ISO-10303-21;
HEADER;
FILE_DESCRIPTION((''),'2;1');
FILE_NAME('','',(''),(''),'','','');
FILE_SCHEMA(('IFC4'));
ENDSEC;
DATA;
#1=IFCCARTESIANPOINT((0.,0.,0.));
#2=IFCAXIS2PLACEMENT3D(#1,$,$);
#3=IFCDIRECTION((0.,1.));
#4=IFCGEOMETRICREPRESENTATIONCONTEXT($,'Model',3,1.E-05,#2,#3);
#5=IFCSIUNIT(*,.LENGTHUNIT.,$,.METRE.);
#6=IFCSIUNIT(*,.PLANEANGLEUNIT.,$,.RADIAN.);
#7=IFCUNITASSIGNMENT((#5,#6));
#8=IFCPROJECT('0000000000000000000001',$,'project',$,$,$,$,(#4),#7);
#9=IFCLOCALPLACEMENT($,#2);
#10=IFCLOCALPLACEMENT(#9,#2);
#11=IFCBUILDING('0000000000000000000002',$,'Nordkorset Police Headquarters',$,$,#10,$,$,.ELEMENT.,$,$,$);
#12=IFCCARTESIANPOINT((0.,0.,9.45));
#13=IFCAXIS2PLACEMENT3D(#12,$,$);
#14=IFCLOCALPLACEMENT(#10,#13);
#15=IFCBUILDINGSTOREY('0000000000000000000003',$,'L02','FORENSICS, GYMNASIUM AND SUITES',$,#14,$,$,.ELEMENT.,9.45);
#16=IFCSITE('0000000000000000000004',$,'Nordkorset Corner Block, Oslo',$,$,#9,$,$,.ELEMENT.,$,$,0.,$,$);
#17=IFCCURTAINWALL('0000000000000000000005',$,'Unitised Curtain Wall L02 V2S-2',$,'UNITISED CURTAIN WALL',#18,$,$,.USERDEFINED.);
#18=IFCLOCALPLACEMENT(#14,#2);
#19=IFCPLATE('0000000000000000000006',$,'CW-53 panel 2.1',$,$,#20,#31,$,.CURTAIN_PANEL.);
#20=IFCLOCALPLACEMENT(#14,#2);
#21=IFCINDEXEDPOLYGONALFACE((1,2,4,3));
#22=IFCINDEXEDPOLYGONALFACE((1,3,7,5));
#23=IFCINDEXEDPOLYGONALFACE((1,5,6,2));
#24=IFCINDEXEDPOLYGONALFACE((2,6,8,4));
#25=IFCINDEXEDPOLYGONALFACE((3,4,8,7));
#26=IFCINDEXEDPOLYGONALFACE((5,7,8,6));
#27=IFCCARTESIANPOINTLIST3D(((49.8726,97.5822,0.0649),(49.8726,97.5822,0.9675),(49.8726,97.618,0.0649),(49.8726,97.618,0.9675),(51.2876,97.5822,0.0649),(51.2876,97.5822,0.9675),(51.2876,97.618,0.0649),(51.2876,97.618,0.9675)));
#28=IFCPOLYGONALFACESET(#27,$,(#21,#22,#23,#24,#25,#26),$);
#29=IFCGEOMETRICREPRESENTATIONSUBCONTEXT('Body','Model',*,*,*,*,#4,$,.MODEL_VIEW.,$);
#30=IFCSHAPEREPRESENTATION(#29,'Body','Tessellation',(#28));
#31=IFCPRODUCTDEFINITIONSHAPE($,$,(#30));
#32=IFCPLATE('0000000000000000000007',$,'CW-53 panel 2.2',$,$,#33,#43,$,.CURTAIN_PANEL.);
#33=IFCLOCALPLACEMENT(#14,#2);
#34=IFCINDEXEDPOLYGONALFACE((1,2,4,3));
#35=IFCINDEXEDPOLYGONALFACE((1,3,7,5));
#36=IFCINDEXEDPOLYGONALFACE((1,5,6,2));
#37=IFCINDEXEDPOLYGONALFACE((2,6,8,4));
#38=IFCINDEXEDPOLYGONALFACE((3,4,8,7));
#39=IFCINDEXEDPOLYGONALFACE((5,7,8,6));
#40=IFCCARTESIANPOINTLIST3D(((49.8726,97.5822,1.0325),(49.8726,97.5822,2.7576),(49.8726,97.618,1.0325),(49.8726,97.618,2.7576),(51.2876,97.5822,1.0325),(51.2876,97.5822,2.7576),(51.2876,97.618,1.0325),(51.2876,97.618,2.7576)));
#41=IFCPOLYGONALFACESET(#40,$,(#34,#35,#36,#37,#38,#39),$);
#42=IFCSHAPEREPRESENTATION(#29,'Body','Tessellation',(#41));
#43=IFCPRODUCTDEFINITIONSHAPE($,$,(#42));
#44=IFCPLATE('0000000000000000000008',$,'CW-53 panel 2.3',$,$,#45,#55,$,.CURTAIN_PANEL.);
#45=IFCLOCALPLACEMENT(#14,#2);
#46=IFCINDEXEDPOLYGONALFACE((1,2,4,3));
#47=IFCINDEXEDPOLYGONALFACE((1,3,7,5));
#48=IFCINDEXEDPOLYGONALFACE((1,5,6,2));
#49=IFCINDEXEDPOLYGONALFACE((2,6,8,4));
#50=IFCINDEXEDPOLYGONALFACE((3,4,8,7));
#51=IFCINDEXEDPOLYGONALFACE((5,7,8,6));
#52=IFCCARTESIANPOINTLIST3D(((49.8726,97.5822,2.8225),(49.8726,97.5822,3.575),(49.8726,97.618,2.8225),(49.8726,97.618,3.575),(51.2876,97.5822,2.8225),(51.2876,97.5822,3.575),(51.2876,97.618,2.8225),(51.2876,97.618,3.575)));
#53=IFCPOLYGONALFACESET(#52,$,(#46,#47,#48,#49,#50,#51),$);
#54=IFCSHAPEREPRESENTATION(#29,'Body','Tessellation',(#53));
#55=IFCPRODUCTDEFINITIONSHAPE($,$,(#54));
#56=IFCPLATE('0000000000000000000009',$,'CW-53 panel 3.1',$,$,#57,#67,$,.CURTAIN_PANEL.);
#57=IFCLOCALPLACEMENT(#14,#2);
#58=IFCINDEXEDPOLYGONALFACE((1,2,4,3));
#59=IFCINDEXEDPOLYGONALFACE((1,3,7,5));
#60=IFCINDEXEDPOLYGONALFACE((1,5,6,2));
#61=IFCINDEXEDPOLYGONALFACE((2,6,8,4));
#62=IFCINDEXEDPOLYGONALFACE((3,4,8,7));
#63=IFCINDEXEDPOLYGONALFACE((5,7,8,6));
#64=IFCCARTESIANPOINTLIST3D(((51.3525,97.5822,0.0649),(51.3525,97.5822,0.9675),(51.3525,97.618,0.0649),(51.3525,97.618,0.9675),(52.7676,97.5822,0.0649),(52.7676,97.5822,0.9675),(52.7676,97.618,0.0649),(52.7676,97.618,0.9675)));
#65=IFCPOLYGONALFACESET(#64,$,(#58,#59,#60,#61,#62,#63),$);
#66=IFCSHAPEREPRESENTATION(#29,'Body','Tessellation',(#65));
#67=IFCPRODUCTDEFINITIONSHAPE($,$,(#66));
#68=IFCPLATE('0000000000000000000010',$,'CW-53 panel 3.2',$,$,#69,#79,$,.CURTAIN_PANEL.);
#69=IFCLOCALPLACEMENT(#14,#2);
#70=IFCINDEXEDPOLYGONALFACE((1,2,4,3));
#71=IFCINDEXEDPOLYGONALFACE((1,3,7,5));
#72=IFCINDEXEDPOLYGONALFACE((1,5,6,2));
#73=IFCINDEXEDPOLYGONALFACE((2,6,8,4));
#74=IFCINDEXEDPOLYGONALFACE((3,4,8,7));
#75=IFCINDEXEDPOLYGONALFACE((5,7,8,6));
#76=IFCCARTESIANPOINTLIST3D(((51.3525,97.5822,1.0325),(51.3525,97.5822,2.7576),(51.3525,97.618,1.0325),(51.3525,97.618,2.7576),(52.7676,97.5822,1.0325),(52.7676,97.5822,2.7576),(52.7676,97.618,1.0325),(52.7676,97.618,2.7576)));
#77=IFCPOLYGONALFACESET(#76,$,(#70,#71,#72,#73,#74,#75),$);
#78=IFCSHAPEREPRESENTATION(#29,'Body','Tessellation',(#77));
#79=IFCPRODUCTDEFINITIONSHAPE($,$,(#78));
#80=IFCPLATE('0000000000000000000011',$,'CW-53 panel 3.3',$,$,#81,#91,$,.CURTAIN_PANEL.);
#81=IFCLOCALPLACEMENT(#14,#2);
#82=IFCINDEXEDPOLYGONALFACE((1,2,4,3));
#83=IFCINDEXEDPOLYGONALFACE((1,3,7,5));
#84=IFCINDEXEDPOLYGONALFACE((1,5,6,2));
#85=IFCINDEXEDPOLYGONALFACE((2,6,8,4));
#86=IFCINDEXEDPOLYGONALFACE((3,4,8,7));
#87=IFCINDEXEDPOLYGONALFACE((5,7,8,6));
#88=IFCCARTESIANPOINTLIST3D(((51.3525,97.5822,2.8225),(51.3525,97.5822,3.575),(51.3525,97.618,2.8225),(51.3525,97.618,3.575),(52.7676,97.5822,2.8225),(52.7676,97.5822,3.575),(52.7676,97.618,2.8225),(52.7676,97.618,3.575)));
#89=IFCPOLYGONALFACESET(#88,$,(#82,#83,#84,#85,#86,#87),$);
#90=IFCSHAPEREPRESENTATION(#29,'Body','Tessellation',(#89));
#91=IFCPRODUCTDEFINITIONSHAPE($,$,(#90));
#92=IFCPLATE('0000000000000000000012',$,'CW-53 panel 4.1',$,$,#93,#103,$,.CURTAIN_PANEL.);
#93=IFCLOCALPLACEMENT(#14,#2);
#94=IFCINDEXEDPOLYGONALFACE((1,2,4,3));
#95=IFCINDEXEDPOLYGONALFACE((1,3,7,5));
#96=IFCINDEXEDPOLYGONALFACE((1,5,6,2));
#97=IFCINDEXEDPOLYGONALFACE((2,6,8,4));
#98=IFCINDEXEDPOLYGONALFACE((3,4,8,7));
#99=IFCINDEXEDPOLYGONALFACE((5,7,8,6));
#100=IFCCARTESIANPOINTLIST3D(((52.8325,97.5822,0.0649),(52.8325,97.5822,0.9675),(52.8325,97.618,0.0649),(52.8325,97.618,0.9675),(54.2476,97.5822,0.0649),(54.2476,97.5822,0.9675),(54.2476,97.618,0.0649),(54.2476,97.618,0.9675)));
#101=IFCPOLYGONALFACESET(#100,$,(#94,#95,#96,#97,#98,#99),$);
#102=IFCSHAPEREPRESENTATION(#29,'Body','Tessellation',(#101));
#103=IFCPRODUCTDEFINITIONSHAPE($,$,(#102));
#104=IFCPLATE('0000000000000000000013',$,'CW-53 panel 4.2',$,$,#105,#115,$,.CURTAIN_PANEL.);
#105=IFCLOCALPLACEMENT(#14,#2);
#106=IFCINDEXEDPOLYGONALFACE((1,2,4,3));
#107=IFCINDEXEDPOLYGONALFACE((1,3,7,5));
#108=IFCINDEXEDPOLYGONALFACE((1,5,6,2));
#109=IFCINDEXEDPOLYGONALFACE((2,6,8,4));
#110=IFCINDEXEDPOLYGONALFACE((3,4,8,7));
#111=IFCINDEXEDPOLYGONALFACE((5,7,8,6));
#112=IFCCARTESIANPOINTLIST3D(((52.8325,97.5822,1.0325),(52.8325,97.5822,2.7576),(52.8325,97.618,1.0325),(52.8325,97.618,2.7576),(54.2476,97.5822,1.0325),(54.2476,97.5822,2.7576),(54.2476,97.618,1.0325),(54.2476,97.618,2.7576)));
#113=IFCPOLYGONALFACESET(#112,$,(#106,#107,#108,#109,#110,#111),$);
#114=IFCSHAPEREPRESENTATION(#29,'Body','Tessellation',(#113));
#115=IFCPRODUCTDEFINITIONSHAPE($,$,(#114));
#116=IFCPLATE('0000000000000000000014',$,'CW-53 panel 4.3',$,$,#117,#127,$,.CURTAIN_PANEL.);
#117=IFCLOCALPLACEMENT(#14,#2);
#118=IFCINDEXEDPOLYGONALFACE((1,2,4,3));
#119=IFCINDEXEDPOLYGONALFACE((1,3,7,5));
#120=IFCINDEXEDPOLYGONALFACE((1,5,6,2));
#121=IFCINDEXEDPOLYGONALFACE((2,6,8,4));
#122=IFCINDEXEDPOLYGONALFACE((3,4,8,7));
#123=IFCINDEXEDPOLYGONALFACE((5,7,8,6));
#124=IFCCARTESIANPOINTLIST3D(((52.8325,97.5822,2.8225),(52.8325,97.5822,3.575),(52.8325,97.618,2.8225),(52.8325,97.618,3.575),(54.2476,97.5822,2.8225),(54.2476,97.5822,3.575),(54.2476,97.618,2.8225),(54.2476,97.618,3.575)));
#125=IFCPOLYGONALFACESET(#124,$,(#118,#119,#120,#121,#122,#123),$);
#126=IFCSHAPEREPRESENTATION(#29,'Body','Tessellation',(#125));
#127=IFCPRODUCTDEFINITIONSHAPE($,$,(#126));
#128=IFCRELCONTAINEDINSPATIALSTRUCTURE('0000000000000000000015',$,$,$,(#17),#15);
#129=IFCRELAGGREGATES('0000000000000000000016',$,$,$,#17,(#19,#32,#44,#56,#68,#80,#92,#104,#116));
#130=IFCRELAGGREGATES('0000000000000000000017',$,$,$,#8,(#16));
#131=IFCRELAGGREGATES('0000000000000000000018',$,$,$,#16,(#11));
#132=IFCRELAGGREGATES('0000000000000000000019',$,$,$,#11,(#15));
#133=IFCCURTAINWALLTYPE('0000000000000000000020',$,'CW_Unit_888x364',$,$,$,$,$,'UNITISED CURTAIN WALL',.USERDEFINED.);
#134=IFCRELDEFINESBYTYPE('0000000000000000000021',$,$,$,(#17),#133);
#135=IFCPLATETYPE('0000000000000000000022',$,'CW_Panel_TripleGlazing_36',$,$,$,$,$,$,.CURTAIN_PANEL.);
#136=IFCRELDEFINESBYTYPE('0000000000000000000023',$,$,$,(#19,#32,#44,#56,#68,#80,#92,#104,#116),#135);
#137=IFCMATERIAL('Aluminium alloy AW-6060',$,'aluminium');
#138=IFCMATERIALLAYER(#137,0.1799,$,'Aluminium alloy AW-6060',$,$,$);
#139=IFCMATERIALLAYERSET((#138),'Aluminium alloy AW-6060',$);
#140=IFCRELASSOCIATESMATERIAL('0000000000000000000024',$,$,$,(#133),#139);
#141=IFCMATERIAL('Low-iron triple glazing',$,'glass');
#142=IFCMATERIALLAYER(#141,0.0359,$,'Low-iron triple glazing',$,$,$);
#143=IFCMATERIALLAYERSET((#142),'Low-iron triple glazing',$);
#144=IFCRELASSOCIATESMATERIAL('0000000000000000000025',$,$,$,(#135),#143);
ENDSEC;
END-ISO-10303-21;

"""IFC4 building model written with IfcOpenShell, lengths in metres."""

from ifc_helpers import new_model, si_unit, direction, frame, origin, origin_2d, place, context, subcontext, project, spatial, rectangle, extrude, material, layer, layer_set, type_object, element, aggregate, save


model = new_model("IFC4")

# Units and contexts
model_context = context("Model", 3, precision=1e-05, world=origin(), true_north=direction((0.0, 1.0)))
body_context = subcontext(model_context, "Body", "Model", "MODEL_VIEW")
ifc_project = project(units=[si_unit("LENGTHUNIT", "METRE"), si_unit("PLANEANGLEUNIT", "RADIAN")], contexts=[model_context])

# Site, building, storey
site_placement = place(None, origin())
site = spatial("IfcSite", under=ifc_project, at=site_placement, Name="Nordkorset Corner Block, Oslo", CompositionType="ELEMENT", RefElevation=0.0)
building_placement = place(site_placement, origin())
building = spatial("IfcBuilding", under=site, at=building_placement, Name="Nordkorset Police Headquarters", CompositionType="ELEMENT")
storey_placement = place(building_placement, frame((0.0, 0.0, 9.45)))
storey = spatial("IfcBuildingStorey", under=building, at=storey_placement, Name="L02", Description="FORENSICS, GYMNASIUM AND SUITES", CompositionType="ELEMENT", Elevation=9.45)

# Curtain wall, plates
ifc_material_1 = material(Name="Aluminium alloy AW-6060", Category="aluminium")
ifc_layer_1 = layer(ifc_material_1, 0.1799, Name="Aluminium alloy AW-6060")
ifc_layer_set_1 = layer_set([ifc_layer_1], Name="Aluminium alloy AW-6060")
curtain_wall_type = type_object("IfcCurtainWallType", Name="CW_Unit_888x364", ElementType="UNITISED CURTAIN WALL", PredefinedType="USERDEFINED", material=ifc_layer_set_1)
curtain_wall_placement = place(storey_placement, origin())
curtain_wall = element("IfcCurtainWall", 1, at=curtain_wall_placement, inside=storey, type_object=curtain_wall_type, Name="Unitised Curtain Wall L02 V2S-2", ObjectType="UNITISED CURTAIN WALL", PredefinedType="USERDEFINED")
ifc_material_2 = material(Name="Low-iron triple glazing", Category="glass")
ifc_layer_2 = layer(ifc_material_2, 0.0359, Name="Low-iron triple glazing")
ifc_layer_set_2 = layer_set([ifc_layer_2], Name="Low-iron triple glazing")
plate_type = type_object("IfcPlateType", Name="CW_Panel_TripleGlazing_36", PredefinedType="CURTAIN_PANEL", material=ifc_layer_set_2)
plate_1_placement = place(storey_placement, frame((50.5801, 97.6001, 0.0649), z_axis=(0.0, 0.0, 1.0), x_axis=(1.0, 0.0, 0.0)))
plate_1 = element("IfcPlate", 2, at=plate_1_placement, type_object=plate_type, Name="CW-53 panel 2.1", PredefinedType="CURTAIN_PANEL", context=body_context, shape_type="SweptSolid", body=[
    extrude(rectangle(XDim=1.415, YDim=0.0359, at=origin_2d()), origin(), (0.0, 0.0, 1.0), 0.9026),
])
plate_2_placement = place(storey_placement, frame((50.5801, 97.6001, 1.0325), z_axis=(0.0, 0.0, 1.0), x_axis=(1.0, 0.0, 0.0)))
plate_2 = element("IfcPlate", 3, at=plate_2_placement, type_object=plate_type, Name="CW-53 panel 2.2", PredefinedType="CURTAIN_PANEL", context=body_context, shape_type="SweptSolid", body=[
    extrude(rectangle(XDim=1.415, YDim=0.0359, at=origin_2d()), origin(), (0.0, 0.0, 1.0), 1.7251),
])
plate_3_placement = place(storey_placement, frame((50.5801, 97.6001, 2.8225), z_axis=(0.0, 0.0, 1.0), x_axis=(1.0, 0.0, 0.0)))
plate_3 = element("IfcPlate", 4, at=plate_3_placement, type_object=plate_type, Name="CW-53 panel 2.3", PredefinedType="CURTAIN_PANEL", context=body_context, shape_type="SweptSolid", body=[
    extrude(rectangle(XDim=1.415, YDim=0.0359, at=origin_2d()), origin(), (0.0, 0.0, 1.0), 0.7524),
])
plate_4_placement = place(storey_placement, frame((52.0601, 97.6001, 0.0649), z_axis=(0.0, 0.0, 1.0), x_axis=(1.0, 0.0, 0.0)))
plate_4 = element("IfcPlate", 5, at=plate_4_placement, type_object=plate_type, Name="CW-53 panel 3.1", PredefinedType="CURTAIN_PANEL", context=body_context, shape_type="SweptSolid", body=[
    extrude(rectangle(XDim=1.415, YDim=0.0359, at=origin_2d()), origin(), (0.0, 0.0, 1.0), 0.9026),
])
plate_5_placement = place(storey_placement, frame((52.0601, 97.6001, 1.0325), z_axis=(0.0, 0.0, 1.0), x_axis=(1.0, 0.0, 0.0)))
plate_5 = element("IfcPlate", 6, at=plate_5_placement, type_object=plate_type, Name="CW-53 panel 3.2", PredefinedType="CURTAIN_PANEL", context=body_context, shape_type="SweptSolid", body=[
    extrude(rectangle(XDim=1.415, YDim=0.0359, at=origin_2d()), origin(), (0.0, 0.0, 1.0), 1.7251),
])
plate_6_placement = place(storey_placement, frame((52.0601, 97.6001, 2.8225), z_axis=(0.0, 0.0, 1.0), x_axis=(1.0, 0.0, 0.0)))
plate_6 = element("IfcPlate", 7, at=plate_6_placement, type_object=plate_type, Name="CW-53 panel 3.3", PredefinedType="CURTAIN_PANEL", context=body_context, shape_type="SweptSolid", body=[
    extrude(rectangle(XDim=1.415, YDim=0.0359, at=origin_2d()), origin(), (0.0, 0.0, 1.0), 0.7524),
])
plate_7_placement = place(storey_placement, frame((53.54, 97.6001, 0.0649), z_axis=(0.0, 0.0, 1.0), x_axis=(1.0, 0.0, 0.0)))
plate_7 = element("IfcPlate", 8, at=plate_7_placement, type_object=plate_type, Name="CW-53 panel 4.1", PredefinedType="CURTAIN_PANEL", context=body_context, shape_type="SweptSolid", body=[
    extrude(rectangle(XDim=1.415, YDim=0.0359, at=origin_2d()), origin(), (0.0, 0.0, 1.0), 0.9026),
])
plate_8_placement = place(storey_placement, frame((53.54, 97.6001, 1.0325), z_axis=(0.0, 0.0, 1.0), x_axis=(1.0, 0.0, 0.0)))
plate_8 = element("IfcPlate", 9, at=plate_8_placement, type_object=plate_type, Name="CW-53 panel 4.2", PredefinedType="CURTAIN_PANEL", context=body_context, shape_type="SweptSolid", body=[
    extrude(rectangle(XDim=1.415, YDim=0.0359, at=origin_2d()), origin(), (0.0, 0.0, 1.0), 1.7251),
])
plate_9_placement = place(storey_placement, frame((53.54, 97.6001, 2.8225), z_axis=(0.0, 0.0, 1.0), x_axis=(1.0, 0.0, 0.0)))
plate_9 = element("IfcPlate", 10, at=plate_9_placement, type_object=plate_type, Name="CW-53 panel 4.3", PredefinedType="CURTAIN_PANEL", context=body_context, shape_type="SweptSolid", body=[
    extrude(rectangle(XDim=1.415, YDim=0.0359, at=origin_2d()), origin(), (0.0, 0.0, 1.0), 0.7524),
])
aggregate(curtain_wall, [plate_1, plate_2, plate_3, plate_4, plate_5, plate_6, plate_7, plate_8, plate_9])

save(model, "model.ifc")
